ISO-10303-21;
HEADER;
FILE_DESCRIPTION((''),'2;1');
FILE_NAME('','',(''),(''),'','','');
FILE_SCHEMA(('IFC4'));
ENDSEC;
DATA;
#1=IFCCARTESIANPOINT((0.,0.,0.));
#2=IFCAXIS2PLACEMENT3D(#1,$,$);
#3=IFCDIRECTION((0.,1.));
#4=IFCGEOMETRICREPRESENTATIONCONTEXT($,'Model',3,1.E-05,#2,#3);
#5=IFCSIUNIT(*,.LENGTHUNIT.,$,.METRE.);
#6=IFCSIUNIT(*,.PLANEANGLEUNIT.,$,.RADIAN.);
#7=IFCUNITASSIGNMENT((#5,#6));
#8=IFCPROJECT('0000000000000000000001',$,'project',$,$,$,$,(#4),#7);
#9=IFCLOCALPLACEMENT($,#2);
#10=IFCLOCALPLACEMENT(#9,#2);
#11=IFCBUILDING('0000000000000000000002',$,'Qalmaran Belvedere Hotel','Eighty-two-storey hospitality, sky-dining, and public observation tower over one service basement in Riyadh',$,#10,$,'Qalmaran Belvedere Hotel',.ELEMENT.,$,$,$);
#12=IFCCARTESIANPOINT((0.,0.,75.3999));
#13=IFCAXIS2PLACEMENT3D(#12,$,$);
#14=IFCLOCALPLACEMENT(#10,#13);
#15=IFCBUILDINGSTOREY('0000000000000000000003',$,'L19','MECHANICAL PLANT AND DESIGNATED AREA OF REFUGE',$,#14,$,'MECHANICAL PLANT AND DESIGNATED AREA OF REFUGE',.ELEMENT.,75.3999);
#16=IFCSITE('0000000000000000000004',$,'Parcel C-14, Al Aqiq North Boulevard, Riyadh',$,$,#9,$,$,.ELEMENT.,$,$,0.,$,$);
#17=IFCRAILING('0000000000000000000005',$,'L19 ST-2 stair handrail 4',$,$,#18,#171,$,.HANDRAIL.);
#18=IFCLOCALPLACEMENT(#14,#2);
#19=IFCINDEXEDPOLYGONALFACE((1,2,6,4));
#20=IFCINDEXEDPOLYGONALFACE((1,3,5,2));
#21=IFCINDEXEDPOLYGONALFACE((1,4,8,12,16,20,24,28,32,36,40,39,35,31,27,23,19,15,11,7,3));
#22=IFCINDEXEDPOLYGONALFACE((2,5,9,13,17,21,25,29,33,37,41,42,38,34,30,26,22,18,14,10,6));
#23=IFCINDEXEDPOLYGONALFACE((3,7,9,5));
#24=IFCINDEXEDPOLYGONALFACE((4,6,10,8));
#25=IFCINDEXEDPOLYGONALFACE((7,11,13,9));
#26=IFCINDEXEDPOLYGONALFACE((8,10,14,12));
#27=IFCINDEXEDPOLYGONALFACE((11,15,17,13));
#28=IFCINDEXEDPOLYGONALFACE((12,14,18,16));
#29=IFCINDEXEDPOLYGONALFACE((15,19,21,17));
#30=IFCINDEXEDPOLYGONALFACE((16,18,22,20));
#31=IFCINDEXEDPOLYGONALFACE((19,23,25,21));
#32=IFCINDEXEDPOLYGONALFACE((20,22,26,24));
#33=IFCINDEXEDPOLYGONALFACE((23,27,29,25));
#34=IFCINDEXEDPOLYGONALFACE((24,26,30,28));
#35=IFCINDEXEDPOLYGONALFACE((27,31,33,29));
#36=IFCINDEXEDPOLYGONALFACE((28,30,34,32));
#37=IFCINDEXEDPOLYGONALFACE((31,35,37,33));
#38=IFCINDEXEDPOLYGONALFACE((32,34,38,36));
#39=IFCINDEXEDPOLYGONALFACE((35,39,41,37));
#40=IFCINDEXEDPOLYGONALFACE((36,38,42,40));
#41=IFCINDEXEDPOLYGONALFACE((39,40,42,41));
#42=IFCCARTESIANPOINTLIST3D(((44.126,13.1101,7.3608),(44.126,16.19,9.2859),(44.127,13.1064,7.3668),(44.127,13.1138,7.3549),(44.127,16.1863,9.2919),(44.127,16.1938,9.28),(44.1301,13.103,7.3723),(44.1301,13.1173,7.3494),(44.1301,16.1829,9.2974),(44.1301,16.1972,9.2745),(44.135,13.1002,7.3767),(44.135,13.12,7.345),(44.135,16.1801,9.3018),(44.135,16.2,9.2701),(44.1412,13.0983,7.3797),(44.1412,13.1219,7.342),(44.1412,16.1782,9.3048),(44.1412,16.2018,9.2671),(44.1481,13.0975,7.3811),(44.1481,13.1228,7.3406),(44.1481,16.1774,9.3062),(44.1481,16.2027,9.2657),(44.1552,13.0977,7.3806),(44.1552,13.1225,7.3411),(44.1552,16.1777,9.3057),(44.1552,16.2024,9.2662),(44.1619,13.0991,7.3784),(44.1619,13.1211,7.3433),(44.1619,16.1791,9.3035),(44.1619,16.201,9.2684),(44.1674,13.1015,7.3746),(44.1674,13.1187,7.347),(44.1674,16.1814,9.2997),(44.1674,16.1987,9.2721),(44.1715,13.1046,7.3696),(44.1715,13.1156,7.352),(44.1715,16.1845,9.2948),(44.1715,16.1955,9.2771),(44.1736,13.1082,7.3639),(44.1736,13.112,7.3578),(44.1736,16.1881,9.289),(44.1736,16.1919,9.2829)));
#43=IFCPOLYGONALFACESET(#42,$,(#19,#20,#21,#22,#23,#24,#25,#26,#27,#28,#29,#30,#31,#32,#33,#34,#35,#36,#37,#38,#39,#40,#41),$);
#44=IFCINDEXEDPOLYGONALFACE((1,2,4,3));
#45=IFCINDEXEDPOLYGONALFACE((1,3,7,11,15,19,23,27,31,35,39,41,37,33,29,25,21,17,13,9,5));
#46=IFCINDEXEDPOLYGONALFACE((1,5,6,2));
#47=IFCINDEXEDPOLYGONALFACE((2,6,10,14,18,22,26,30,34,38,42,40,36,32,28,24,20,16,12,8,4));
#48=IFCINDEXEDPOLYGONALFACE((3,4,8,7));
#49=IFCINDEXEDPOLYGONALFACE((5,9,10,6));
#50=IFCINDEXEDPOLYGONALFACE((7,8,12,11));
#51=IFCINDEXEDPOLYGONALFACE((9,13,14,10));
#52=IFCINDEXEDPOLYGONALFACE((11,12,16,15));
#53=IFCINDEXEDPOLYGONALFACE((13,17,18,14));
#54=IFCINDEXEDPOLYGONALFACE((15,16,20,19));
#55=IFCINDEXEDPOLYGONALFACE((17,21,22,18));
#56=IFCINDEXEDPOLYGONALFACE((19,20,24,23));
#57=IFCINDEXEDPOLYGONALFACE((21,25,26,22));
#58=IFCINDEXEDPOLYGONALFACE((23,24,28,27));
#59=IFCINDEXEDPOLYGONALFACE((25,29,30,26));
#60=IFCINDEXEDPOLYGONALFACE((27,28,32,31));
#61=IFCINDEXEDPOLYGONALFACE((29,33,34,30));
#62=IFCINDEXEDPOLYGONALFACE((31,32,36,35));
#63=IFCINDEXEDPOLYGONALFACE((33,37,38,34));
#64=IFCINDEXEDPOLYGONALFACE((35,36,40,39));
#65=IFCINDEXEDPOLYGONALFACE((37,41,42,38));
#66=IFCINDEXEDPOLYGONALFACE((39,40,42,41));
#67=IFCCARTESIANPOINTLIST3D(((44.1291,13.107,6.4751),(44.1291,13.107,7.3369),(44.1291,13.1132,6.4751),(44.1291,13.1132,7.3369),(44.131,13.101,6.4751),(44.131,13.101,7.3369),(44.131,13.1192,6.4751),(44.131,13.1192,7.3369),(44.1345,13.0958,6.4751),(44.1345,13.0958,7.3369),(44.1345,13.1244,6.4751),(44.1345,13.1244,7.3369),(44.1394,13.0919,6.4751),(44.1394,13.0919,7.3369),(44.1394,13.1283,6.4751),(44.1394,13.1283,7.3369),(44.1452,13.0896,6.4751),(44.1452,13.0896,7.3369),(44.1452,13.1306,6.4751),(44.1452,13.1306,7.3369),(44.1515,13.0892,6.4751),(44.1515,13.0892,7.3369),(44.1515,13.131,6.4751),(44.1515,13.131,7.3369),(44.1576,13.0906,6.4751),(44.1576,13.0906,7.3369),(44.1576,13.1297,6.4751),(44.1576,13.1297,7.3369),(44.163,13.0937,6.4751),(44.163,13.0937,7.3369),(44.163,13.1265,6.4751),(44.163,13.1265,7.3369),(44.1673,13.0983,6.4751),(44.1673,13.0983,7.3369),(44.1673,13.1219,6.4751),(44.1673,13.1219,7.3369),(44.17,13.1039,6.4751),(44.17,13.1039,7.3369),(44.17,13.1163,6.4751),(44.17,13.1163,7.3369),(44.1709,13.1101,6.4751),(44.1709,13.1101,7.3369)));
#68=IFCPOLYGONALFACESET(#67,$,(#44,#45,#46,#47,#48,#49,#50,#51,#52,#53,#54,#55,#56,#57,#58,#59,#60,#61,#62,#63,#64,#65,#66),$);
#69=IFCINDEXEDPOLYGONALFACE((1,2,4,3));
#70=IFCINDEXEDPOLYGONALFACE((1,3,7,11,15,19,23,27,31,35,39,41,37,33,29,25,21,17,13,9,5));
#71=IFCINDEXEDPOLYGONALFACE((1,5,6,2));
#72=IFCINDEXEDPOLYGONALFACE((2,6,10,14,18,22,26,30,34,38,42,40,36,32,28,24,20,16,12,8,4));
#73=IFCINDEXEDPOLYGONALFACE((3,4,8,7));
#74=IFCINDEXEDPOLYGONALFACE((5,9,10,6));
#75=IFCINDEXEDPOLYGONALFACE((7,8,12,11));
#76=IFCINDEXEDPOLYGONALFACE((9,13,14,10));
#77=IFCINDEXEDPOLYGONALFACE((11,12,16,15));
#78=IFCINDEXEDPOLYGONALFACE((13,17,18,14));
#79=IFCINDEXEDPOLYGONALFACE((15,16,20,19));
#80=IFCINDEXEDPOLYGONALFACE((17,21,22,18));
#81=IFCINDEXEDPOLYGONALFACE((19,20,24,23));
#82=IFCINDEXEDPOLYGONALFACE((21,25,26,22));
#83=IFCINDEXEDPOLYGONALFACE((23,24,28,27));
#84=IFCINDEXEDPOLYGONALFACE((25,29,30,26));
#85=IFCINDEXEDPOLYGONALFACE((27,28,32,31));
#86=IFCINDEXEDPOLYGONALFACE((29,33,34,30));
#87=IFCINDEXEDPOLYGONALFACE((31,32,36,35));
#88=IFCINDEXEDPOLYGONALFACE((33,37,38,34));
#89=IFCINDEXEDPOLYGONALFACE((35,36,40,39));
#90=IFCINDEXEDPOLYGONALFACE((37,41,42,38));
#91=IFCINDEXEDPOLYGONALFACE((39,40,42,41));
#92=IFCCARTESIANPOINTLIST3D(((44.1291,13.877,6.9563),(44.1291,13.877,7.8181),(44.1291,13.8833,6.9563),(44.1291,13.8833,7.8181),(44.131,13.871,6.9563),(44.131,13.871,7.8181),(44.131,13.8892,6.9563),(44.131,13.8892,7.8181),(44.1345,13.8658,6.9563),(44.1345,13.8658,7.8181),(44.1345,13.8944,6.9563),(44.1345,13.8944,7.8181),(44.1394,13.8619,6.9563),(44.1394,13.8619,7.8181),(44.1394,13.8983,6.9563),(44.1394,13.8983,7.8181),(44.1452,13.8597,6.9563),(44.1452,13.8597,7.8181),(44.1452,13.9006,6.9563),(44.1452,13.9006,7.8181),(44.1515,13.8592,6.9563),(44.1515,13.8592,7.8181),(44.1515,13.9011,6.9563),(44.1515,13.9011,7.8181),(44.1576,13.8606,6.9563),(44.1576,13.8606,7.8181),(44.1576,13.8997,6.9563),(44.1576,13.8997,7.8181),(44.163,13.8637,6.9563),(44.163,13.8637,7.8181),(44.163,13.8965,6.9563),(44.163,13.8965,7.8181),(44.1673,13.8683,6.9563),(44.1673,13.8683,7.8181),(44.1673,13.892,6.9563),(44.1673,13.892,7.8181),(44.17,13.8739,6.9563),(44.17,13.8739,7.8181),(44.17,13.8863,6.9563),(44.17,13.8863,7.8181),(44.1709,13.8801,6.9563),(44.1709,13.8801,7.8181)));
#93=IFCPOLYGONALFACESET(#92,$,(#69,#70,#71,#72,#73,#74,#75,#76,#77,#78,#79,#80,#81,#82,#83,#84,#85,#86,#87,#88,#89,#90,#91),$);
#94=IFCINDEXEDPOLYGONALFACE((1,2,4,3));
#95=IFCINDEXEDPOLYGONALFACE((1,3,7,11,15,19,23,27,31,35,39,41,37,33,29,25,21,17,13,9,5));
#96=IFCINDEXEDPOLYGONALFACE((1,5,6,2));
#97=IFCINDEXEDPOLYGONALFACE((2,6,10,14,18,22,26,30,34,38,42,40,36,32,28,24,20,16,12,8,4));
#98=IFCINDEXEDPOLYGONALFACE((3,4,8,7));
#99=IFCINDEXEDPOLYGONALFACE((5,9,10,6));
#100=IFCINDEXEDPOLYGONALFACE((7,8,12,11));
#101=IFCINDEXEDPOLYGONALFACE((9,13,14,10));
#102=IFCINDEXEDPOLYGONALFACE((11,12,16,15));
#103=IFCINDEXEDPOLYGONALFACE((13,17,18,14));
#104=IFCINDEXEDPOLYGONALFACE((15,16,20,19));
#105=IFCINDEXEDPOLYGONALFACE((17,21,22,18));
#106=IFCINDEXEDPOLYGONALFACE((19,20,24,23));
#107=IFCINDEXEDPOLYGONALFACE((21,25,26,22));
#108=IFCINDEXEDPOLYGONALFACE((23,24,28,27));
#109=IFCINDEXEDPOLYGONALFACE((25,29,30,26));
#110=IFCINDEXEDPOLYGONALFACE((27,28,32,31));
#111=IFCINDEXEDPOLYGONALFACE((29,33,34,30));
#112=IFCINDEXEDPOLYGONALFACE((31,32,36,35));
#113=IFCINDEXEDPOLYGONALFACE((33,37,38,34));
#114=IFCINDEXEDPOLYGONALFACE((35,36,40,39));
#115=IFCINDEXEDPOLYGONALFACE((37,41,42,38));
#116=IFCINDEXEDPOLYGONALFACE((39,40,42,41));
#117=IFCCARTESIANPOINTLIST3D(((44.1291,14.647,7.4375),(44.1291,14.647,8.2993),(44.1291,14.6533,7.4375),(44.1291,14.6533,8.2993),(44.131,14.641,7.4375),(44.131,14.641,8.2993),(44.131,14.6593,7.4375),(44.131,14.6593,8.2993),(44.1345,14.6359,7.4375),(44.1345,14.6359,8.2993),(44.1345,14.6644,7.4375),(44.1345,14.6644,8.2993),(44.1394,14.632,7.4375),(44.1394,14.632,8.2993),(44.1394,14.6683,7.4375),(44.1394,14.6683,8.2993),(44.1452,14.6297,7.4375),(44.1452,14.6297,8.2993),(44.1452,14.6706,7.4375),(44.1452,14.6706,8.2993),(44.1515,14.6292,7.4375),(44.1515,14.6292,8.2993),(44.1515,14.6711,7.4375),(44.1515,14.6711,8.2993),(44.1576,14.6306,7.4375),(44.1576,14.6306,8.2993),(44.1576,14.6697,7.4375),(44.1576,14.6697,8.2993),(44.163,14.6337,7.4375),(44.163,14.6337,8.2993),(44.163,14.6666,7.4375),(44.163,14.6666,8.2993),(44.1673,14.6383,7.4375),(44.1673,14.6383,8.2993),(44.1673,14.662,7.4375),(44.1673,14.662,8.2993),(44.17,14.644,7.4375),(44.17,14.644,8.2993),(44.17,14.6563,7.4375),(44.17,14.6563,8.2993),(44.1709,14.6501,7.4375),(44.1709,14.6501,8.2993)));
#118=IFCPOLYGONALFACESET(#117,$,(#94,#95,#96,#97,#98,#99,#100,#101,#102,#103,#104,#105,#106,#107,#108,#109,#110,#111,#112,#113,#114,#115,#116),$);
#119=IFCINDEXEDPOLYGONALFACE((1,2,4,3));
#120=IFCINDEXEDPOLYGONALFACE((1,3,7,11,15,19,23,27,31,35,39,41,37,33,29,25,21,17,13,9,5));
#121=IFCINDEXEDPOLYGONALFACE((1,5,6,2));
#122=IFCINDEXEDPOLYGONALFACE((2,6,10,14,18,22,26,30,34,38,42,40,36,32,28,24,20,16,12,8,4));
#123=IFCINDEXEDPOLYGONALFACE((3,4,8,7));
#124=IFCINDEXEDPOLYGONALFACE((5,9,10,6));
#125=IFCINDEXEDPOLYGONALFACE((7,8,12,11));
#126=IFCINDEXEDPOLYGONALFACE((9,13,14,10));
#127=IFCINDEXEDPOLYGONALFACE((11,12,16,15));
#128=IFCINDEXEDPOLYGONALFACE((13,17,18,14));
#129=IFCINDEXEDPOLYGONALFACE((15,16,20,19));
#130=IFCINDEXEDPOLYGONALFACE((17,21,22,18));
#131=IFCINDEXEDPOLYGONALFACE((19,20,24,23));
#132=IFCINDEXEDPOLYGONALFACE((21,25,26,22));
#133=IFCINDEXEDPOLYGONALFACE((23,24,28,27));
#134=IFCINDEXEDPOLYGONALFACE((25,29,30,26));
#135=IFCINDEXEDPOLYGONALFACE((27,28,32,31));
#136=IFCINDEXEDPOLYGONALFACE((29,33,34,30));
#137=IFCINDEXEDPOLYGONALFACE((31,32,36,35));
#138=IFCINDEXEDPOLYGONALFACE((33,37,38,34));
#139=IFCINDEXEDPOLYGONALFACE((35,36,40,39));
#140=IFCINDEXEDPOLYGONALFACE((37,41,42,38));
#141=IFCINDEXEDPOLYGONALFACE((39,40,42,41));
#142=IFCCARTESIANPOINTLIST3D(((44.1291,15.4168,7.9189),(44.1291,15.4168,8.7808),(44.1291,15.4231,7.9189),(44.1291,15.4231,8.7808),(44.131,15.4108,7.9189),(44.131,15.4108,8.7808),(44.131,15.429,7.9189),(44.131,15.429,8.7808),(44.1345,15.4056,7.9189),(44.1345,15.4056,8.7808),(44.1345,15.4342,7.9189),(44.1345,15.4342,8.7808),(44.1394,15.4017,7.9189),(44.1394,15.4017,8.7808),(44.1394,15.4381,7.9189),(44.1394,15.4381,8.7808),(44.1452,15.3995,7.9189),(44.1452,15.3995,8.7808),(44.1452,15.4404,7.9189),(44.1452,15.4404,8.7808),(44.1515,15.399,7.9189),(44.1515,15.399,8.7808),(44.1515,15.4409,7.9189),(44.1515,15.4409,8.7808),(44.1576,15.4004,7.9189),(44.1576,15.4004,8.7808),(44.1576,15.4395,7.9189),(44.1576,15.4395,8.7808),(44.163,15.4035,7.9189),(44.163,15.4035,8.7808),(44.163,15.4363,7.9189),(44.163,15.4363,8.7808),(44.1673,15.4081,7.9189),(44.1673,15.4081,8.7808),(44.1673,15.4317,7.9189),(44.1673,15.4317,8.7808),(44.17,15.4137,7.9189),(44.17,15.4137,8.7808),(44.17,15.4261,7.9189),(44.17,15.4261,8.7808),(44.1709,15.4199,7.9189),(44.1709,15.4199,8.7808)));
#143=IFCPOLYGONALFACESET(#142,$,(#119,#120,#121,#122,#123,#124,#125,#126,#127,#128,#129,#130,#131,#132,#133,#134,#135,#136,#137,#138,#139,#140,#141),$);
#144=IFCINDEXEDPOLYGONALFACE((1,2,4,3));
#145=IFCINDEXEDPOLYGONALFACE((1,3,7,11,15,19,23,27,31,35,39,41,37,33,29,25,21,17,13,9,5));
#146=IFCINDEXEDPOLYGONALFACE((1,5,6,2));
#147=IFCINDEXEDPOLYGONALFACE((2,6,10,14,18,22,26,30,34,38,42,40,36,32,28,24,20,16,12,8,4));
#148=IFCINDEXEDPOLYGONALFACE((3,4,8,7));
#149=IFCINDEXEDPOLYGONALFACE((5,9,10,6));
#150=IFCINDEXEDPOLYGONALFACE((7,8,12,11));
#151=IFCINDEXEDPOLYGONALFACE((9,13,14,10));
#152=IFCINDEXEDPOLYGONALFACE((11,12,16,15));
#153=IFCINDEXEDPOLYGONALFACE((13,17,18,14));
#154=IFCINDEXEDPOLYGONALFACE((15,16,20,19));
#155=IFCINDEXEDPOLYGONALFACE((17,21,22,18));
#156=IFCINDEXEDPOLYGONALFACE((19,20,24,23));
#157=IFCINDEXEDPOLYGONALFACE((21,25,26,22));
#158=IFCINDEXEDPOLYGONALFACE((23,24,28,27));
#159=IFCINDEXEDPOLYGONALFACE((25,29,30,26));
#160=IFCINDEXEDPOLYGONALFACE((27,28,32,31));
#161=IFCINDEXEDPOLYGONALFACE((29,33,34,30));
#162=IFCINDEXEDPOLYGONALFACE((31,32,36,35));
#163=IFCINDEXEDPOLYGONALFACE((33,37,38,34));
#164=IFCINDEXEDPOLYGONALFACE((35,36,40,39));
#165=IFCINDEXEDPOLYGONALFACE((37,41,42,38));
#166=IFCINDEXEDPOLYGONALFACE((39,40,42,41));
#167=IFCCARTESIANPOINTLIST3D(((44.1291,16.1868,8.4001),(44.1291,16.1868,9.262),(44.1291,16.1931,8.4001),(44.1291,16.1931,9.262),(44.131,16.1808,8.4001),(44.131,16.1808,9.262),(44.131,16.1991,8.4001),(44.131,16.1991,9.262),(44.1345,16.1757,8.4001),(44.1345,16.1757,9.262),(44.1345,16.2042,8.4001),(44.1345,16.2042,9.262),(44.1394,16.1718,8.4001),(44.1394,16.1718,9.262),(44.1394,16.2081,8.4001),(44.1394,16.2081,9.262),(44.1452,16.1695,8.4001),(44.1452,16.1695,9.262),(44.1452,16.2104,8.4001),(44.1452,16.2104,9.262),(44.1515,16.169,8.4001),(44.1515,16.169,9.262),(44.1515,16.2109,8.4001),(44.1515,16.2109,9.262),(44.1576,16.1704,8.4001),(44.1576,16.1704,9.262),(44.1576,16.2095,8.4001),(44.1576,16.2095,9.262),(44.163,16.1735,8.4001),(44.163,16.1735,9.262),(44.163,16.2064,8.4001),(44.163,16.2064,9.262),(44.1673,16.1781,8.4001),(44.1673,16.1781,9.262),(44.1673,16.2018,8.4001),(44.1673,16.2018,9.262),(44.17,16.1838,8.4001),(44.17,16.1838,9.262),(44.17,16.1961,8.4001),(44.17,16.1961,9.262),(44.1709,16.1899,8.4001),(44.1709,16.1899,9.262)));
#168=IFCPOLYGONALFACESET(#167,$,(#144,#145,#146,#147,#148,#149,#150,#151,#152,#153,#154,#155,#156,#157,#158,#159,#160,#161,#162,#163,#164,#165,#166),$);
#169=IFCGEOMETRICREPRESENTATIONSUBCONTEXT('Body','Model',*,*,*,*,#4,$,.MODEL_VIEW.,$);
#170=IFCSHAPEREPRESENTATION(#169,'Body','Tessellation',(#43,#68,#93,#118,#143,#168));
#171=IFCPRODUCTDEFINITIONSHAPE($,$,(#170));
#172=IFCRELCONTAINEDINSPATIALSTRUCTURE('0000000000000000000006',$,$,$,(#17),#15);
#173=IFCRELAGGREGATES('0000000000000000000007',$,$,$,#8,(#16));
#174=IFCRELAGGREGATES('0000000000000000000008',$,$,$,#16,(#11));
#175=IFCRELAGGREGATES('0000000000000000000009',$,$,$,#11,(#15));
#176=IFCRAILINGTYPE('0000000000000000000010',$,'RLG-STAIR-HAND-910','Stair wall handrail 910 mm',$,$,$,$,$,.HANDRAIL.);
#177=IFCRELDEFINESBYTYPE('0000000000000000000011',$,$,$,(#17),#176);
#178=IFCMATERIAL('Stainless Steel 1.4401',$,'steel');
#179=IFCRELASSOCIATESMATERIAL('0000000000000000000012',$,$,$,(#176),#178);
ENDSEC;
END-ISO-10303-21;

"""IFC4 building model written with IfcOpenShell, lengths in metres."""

from ifc_helpers import new_model, si_unit, direction, frame, origin, origin_2d, place, context, subcontext, project, spatial, circle, extrude, material, type_object, element, save


model = new_model("IFC4")

# Units and contexts
model_context = context("Model", 3, precision=1e-05, world=origin(), true_north=direction((0.0, 1.0)))
body_context = subcontext(model_context, "Body", "Model", "MODEL_VIEW")
ifc_project = project(units=[si_unit("LENGTHUNIT", "METRE"), si_unit("PLANEANGLEUNIT", "RADIAN")], contexts=[model_context])

# Site, building, storey
site_placement = place(None, origin())
site = spatial("IfcSite", under=ifc_project, at=site_placement, Name="Parcel C-14, Al Aqiq North Boulevard, Riyadh", CompositionType="ELEMENT", RefElevation=0.0)
building_placement = place(site_placement, origin())
building = spatial("IfcBuilding", under=site, at=building_placement, Name="Qalmaran Belvedere Hotel", Description="Eighty-two-storey hospitality, sky-dining, and public observation tower over one service basement in Riyadh", LongName="Qalmaran Belvedere Hotel", CompositionType="ELEMENT")
storey_placement = place(building_placement, frame((0.0, 0.0, 75.3999)))
storey = spatial("IfcBuildingStorey", under=building, at=storey_placement, Name="L19", Description="MECHANICAL PLANT AND DESIGNATED AREA OF REFUGE", LongName="MECHANICAL PLANT AND DESIGNATED AREA OF REFUGE", CompositionType="ELEMENT", Elevation=75.3999)

# Railing
ifc_material_1 = material(Name="Stainless Steel 1.4401", Category="steel")
railing_type_1 = type_object("IfcRailingType", Name="RLG-STAIR-HAND-910", Description="Stair wall handrail 910 mm", PredefinedType="HANDRAIL", material=ifc_material_1)
for number, where, name in (
    (1, (44.1499, 13.1101, 6.4751), "L19 ST-2 stair handrail 4"),
):
    element("IfcRailing", number, at=place(storey_placement, frame(where)), inside=storey, type_object=railing_type_1, Name=name, PredefinedType="HANDRAIL", context=body_context, shape_type="SweptSolid", body=[
        extrude(circle(Radius=0.0239, at=origin_2d()), frame((0.0, 0.0, 0.8857), z_axis=(0.0, 0.847979, 0.530029), x_axis=(-1.0, 0.0, 0.0)), (0.0, 0.0, 1.0), 3.6321),
        extrude(circle(Radius=0.021, at=origin_2d()), origin(), (0.0, 0.0, 1.0), 0.8618),
        extrude(circle(Radius=0.021, at=origin_2d()), frame((0.0, 0.77, 0.4812)), (0.0, 0.0, 1.0), 0.8618),
        extrude(circle(Radius=0.021, at=origin_2d()), frame((0.0, 1.54, 0.9624)), (0.0, 0.0, 1.0), 0.8618),
        extrude(circle(Radius=0.021, at=origin_2d()), frame((0.0, 2.3098, 1.4438)), (0.0, 0.0, 1.0), 0.8618),
        extrude(circle(Radius=0.021, at=origin_2d()), frame((0.0, 3.0798, 1.925)), (0.0, 0.0, 1.0), 0.8618),
    ])

save(model, "model.ifc")
